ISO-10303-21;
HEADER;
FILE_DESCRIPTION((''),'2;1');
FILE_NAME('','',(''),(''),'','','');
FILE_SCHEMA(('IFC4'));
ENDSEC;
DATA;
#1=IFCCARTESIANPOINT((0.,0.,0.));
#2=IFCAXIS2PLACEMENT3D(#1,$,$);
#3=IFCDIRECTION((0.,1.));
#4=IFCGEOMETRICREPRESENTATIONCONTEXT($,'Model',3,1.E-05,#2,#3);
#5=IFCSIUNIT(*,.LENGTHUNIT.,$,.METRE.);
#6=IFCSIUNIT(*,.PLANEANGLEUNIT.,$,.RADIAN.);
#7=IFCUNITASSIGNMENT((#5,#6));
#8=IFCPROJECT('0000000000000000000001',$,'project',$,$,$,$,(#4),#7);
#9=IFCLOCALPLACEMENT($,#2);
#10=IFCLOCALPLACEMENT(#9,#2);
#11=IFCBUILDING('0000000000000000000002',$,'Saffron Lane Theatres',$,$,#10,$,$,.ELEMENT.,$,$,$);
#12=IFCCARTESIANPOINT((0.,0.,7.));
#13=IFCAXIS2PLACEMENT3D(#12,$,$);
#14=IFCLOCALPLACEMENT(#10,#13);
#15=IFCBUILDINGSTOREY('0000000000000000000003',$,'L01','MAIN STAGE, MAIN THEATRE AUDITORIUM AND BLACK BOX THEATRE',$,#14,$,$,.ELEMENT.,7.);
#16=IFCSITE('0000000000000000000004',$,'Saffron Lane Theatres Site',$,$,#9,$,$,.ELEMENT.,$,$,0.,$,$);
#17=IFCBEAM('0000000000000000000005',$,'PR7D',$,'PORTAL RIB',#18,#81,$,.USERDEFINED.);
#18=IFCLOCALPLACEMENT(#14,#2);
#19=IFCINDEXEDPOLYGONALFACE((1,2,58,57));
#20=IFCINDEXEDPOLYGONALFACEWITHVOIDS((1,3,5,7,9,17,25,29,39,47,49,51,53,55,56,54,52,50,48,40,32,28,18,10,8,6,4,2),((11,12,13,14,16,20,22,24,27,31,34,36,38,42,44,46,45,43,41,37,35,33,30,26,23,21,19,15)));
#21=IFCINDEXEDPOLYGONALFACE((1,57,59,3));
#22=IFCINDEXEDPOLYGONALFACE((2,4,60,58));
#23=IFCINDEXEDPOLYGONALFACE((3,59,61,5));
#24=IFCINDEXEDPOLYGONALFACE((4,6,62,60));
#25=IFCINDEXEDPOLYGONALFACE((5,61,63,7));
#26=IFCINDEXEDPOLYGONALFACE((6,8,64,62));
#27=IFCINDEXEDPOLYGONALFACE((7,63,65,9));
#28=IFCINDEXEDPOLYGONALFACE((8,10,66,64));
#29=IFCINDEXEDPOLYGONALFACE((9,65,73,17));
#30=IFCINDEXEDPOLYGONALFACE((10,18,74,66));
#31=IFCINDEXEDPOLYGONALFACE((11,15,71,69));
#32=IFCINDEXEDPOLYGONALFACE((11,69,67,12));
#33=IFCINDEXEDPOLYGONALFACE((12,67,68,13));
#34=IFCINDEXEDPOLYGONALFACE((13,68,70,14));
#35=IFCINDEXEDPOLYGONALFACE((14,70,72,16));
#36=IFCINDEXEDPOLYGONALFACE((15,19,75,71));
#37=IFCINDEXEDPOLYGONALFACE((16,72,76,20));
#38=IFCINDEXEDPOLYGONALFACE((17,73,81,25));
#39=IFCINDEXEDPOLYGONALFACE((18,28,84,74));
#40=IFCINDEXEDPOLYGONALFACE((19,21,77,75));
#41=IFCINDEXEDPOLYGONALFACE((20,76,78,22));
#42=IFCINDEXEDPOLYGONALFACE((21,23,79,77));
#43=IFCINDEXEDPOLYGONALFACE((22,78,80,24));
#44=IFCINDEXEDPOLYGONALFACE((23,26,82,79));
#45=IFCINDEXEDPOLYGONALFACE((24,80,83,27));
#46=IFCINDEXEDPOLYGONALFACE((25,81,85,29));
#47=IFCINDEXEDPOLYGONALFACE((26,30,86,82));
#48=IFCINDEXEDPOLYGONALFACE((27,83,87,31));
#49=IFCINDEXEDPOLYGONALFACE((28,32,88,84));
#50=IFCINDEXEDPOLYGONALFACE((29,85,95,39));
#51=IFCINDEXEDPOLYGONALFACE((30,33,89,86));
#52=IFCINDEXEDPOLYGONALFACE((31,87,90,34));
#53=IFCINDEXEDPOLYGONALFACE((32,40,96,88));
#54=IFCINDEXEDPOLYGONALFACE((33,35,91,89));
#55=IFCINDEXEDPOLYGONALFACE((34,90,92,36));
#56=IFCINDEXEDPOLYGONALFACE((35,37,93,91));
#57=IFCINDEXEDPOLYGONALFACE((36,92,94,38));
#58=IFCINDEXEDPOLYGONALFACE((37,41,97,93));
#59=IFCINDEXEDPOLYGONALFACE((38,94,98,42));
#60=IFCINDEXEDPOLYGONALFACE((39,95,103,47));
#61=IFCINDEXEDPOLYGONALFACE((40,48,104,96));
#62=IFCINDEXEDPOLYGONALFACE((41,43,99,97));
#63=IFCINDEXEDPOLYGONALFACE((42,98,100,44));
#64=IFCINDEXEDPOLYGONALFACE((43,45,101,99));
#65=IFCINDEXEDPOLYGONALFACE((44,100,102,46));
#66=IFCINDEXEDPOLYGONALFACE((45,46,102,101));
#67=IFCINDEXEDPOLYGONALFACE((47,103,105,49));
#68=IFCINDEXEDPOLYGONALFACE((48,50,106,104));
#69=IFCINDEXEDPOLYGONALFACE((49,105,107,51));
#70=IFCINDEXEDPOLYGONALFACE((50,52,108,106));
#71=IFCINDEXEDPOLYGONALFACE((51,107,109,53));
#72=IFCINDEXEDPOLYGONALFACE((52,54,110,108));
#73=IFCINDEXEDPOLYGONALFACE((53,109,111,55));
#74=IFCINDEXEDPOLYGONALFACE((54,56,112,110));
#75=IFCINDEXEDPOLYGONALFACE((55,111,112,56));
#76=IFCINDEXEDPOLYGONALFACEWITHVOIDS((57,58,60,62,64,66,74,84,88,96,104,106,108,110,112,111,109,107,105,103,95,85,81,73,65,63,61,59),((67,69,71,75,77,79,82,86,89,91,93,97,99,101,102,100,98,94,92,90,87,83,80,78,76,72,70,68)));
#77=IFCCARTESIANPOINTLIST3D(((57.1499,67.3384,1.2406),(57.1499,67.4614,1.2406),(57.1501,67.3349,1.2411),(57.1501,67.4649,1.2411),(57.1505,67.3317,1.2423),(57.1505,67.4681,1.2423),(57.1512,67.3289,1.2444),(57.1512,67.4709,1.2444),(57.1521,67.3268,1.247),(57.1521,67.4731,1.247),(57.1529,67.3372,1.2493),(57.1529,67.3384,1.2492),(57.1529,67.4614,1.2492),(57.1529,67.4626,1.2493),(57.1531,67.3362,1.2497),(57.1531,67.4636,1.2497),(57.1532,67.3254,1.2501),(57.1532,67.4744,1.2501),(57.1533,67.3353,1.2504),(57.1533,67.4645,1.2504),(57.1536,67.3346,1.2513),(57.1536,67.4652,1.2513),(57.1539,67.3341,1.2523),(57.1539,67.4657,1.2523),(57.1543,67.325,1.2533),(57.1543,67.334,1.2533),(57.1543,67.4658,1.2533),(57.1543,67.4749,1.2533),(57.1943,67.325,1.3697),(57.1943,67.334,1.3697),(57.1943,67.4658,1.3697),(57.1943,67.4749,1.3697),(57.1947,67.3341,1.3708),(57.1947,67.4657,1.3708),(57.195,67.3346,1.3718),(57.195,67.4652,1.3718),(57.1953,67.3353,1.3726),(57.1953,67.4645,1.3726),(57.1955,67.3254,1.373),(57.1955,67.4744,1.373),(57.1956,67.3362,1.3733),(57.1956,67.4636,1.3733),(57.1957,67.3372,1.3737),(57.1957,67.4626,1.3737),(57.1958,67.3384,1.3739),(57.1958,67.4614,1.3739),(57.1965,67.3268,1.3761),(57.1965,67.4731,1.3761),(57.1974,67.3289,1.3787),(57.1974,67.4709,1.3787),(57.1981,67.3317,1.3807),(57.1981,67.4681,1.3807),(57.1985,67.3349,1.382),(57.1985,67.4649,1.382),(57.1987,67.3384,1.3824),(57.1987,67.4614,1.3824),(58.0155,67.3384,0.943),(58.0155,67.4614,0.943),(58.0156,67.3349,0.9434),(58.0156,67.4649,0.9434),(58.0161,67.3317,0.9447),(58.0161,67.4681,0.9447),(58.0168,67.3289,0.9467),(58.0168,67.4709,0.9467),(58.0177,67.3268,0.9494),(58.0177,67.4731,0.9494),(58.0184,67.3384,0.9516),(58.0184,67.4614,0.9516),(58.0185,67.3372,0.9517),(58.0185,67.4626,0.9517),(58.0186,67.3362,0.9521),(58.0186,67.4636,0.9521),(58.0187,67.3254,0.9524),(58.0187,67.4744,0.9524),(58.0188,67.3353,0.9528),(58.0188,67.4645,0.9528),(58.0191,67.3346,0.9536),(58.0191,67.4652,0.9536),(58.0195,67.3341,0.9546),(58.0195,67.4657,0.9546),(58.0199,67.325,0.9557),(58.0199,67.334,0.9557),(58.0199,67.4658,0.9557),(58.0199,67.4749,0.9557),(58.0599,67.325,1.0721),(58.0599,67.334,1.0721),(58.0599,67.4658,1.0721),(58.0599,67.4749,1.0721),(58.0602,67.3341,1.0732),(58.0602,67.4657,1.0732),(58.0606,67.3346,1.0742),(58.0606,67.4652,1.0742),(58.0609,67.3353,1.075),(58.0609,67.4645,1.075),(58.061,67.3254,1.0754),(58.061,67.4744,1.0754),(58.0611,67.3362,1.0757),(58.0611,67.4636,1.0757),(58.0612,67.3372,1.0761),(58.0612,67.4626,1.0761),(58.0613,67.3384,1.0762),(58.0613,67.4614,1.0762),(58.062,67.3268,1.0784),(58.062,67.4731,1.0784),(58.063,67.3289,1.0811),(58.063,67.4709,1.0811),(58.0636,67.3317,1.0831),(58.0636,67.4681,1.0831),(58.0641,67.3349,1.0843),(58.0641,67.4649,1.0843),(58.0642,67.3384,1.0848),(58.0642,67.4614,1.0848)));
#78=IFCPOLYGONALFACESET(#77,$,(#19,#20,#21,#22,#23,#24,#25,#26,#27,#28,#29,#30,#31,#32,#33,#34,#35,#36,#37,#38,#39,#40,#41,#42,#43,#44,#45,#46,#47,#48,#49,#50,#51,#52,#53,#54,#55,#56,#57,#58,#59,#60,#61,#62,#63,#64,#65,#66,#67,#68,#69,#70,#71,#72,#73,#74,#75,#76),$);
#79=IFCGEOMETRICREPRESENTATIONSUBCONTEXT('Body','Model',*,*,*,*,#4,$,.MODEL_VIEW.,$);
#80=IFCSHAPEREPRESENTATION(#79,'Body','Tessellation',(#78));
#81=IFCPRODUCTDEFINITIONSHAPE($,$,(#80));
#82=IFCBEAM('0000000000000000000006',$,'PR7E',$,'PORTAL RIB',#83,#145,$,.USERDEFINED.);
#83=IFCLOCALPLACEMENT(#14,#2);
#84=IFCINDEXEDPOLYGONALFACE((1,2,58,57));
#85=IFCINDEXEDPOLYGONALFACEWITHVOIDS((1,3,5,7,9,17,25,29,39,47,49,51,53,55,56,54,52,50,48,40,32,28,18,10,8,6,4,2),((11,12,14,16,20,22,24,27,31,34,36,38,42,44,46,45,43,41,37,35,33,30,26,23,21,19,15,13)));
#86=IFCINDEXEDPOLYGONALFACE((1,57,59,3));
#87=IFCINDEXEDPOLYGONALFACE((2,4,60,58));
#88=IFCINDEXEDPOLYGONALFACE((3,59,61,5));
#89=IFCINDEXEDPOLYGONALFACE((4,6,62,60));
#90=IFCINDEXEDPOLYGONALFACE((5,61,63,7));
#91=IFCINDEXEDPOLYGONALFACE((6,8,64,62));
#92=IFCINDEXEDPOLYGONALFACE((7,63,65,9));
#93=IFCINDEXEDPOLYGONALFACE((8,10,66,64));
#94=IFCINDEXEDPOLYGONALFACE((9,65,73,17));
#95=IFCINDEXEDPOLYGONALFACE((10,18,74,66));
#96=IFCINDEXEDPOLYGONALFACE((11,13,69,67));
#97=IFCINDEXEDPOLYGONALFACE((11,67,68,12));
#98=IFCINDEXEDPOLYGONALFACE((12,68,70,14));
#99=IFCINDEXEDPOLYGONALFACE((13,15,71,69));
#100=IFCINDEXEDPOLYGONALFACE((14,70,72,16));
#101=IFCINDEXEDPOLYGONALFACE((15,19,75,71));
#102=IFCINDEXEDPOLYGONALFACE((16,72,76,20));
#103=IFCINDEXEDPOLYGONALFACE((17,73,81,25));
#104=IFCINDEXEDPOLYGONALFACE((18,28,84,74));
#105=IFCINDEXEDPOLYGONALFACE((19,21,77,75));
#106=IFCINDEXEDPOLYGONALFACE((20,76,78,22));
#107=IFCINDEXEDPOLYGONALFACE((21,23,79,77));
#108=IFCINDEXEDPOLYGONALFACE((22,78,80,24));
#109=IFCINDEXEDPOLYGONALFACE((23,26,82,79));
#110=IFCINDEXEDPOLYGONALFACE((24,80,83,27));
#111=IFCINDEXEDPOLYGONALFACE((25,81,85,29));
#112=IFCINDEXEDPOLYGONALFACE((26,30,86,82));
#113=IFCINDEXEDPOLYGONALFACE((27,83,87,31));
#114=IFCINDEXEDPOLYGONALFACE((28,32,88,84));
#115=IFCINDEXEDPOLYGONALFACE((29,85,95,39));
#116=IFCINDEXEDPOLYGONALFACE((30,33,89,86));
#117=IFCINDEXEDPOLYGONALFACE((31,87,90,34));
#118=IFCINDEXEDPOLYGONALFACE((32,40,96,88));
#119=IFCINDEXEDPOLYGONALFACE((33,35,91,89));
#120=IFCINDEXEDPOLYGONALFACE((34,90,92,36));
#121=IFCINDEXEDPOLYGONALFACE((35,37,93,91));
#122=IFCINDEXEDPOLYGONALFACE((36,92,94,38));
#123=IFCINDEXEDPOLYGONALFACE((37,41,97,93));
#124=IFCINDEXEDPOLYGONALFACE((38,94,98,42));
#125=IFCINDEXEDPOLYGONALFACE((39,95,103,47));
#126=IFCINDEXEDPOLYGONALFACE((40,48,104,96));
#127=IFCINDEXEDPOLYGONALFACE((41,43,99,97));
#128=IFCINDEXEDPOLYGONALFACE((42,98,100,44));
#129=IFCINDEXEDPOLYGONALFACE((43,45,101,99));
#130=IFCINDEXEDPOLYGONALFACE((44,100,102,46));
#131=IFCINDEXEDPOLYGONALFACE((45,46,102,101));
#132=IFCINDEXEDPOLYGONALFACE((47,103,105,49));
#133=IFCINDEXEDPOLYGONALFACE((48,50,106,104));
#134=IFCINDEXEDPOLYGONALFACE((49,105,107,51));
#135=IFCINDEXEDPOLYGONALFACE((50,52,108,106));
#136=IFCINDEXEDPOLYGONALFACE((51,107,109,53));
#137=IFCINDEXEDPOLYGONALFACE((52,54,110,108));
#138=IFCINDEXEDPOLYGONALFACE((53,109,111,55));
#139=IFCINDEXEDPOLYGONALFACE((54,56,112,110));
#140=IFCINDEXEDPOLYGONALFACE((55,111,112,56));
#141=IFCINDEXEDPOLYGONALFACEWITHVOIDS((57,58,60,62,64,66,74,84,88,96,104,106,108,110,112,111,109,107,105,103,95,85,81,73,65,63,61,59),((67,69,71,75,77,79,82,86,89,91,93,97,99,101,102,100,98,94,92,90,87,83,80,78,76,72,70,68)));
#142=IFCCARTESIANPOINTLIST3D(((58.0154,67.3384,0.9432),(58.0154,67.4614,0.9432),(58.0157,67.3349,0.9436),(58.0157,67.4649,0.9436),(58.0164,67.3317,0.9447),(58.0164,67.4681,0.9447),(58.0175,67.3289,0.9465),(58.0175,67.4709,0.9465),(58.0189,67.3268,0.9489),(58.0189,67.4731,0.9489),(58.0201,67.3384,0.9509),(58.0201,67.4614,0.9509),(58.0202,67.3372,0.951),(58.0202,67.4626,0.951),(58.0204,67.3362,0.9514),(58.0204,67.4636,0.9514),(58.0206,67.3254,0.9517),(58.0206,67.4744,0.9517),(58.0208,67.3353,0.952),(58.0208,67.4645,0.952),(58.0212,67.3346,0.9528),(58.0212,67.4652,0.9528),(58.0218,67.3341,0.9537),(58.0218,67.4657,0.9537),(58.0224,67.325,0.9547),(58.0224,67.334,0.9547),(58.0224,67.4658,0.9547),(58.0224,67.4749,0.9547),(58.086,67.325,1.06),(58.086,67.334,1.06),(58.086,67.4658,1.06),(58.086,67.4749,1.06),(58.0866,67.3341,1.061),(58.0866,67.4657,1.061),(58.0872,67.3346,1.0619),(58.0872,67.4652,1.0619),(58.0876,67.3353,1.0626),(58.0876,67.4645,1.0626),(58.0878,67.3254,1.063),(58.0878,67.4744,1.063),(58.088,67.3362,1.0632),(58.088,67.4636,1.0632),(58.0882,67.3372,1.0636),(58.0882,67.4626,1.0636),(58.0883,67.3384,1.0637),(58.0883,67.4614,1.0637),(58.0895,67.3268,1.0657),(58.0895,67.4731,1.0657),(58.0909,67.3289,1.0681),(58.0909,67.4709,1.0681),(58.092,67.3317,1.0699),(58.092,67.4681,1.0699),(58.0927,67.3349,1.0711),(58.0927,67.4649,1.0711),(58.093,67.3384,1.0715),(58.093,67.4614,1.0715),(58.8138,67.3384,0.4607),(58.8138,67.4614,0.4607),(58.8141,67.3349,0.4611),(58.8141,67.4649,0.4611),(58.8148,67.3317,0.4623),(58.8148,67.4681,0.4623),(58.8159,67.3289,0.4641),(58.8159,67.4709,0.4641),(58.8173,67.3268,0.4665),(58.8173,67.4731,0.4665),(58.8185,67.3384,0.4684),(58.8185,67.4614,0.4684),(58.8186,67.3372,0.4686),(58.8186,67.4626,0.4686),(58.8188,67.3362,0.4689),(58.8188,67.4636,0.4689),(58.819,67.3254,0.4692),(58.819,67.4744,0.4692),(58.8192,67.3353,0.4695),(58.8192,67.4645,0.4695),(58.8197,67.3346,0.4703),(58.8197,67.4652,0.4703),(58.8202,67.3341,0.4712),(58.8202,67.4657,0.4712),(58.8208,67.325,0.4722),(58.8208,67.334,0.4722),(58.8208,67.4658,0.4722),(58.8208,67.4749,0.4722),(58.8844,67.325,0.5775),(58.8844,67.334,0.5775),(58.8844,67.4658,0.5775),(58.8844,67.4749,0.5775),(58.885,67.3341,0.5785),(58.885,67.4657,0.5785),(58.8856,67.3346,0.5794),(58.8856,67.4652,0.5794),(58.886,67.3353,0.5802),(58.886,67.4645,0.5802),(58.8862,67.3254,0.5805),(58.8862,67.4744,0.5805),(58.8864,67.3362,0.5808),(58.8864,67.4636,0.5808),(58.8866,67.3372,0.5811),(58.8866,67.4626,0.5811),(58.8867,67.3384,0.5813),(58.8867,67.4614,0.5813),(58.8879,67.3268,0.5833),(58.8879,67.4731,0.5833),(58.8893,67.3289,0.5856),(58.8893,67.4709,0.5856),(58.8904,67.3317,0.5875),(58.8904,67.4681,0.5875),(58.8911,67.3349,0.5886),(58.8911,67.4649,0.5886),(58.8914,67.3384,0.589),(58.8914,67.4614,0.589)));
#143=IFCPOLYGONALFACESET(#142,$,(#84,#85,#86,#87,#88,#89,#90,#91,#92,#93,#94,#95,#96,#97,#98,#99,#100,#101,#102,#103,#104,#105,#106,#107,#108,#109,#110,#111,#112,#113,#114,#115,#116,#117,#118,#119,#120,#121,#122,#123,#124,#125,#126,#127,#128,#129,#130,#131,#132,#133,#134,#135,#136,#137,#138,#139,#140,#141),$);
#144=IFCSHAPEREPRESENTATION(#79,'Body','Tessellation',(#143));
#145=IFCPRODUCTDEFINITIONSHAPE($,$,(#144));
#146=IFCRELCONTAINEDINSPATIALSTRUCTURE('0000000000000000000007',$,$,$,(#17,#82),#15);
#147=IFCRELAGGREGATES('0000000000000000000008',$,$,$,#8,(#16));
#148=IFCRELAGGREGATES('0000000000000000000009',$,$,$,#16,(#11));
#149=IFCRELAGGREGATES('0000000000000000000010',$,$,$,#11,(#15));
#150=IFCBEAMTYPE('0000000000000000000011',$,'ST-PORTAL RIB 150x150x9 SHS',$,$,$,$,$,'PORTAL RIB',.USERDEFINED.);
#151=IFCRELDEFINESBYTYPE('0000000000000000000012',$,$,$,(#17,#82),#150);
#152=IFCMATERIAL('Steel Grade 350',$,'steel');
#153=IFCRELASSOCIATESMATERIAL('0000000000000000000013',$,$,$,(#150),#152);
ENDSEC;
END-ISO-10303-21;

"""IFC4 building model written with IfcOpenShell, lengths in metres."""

from ifc_helpers import new_model, si_unit, direction, frame, origin, origin_2d, place, context, subcontext, project, spatial, hollow_rectangle, extrude, material, material_profile, profile_set, type_object, element, save


model = new_model("IFC4")

# Units and contexts
model_context = context("Model", 3, precision=1e-05, world=origin(), true_north=direction((0.0, 1.0)))
body_context = subcontext(model_context, "Body", "Model", "MODEL_VIEW")
ifc_project = project(units=[si_unit("LENGTHUNIT", "METRE"), si_unit("PLANEANGLEUNIT", "RADIAN")], contexts=[model_context])

# Site, building, storey
site_placement = place(None, origin())
site = spatial("IfcSite", under=ifc_project, at=site_placement, Name="Saffron Lane Theatres Site", CompositionType="ELEMENT", RefElevation=0.0)
building_placement = place(site_placement, origin())
building = spatial("IfcBuilding", under=site, at=building_placement, Name="Saffron Lane Theatres", CompositionType="ELEMENT")
storey_placement = place(building_placement, frame((0.0, 0.0, 7.0)))
storey = spatial("IfcBuildingStorey", under=building, at=storey_placement, Name="L01", Description="MAIN STAGE, MAIN THEATRE AUDITORIUM AND BLACK BOX THEATRE", CompositionType="ELEMENT", Elevation=7.0)

# Beams
ifc_material_1 = material(Name="Steel Grade 350", Category="steel")
ifc_material_profile_1 = material_profile(ifc_material_1, hollow_rectangle(XDim=0.1499, YDim=0.1499, WallThickness=0.009, InnerFilletRadius=0.0044, OuterFilletRadius=0.0134, at=origin_2d()))
ifc_profile_set_1 = profile_set([ifc_material_profile_1], Name="Steel Grade 350")
beam_type_1 = type_object("IfcBeamType", Name="ST-PORTAL RIB 150x150x9 SHS", ElementType="PORTAL RIB", PredefinedType="USERDEFINED", material=ifc_profile_set_1)
beam_1_placement = place(storey_placement, frame((57.1743, 67.3999, 1.3115), z_axis=(0.945653, 0.0, -0.325177), x_axis=(0.0, 1.0, 0.0)))
element("IfcBeam", 1, at=beam_1_placement, inside=storey, type_object=beam_type_1, Name="PR7D", ObjectType="PORTAL RIB", PredefinedType="USERDEFINED", context=body_context, shape_type="SweptSolid", body=[
    extrude(hollow_rectangle(XDim=0.1499, YDim=0.1499, WallThickness=0.009, InnerFilletRadius=0.0044, OuterFilletRadius=0.0134, at=origin_2d()), origin(), (0.0, 0.0, 1.0), 0.9153),
])
beam_2_placement = place(storey_placement, frame((58.0542, 67.3999, 1.0073), z_axis=(0.855872, 0.0, -0.517188), x_axis=(0.0, 1.0, 0.0)))
element("IfcBeam", 2, at=beam_2_placement, inside=storey, type_object=beam_type_1, Name="PR7E", ObjectType="PORTAL RIB", PredefinedType="USERDEFINED", context=body_context, shape_type="SweptSolid", body=[
    extrude(hollow_rectangle(XDim=0.1499, YDim=0.1499, WallThickness=0.009, InnerFilletRadius=0.0044, OuterFilletRadius=0.0134, at=origin_2d()), origin(), (0.0, 0.0, 1.0), 0.9329),
])

save(model, "model.ifc")
